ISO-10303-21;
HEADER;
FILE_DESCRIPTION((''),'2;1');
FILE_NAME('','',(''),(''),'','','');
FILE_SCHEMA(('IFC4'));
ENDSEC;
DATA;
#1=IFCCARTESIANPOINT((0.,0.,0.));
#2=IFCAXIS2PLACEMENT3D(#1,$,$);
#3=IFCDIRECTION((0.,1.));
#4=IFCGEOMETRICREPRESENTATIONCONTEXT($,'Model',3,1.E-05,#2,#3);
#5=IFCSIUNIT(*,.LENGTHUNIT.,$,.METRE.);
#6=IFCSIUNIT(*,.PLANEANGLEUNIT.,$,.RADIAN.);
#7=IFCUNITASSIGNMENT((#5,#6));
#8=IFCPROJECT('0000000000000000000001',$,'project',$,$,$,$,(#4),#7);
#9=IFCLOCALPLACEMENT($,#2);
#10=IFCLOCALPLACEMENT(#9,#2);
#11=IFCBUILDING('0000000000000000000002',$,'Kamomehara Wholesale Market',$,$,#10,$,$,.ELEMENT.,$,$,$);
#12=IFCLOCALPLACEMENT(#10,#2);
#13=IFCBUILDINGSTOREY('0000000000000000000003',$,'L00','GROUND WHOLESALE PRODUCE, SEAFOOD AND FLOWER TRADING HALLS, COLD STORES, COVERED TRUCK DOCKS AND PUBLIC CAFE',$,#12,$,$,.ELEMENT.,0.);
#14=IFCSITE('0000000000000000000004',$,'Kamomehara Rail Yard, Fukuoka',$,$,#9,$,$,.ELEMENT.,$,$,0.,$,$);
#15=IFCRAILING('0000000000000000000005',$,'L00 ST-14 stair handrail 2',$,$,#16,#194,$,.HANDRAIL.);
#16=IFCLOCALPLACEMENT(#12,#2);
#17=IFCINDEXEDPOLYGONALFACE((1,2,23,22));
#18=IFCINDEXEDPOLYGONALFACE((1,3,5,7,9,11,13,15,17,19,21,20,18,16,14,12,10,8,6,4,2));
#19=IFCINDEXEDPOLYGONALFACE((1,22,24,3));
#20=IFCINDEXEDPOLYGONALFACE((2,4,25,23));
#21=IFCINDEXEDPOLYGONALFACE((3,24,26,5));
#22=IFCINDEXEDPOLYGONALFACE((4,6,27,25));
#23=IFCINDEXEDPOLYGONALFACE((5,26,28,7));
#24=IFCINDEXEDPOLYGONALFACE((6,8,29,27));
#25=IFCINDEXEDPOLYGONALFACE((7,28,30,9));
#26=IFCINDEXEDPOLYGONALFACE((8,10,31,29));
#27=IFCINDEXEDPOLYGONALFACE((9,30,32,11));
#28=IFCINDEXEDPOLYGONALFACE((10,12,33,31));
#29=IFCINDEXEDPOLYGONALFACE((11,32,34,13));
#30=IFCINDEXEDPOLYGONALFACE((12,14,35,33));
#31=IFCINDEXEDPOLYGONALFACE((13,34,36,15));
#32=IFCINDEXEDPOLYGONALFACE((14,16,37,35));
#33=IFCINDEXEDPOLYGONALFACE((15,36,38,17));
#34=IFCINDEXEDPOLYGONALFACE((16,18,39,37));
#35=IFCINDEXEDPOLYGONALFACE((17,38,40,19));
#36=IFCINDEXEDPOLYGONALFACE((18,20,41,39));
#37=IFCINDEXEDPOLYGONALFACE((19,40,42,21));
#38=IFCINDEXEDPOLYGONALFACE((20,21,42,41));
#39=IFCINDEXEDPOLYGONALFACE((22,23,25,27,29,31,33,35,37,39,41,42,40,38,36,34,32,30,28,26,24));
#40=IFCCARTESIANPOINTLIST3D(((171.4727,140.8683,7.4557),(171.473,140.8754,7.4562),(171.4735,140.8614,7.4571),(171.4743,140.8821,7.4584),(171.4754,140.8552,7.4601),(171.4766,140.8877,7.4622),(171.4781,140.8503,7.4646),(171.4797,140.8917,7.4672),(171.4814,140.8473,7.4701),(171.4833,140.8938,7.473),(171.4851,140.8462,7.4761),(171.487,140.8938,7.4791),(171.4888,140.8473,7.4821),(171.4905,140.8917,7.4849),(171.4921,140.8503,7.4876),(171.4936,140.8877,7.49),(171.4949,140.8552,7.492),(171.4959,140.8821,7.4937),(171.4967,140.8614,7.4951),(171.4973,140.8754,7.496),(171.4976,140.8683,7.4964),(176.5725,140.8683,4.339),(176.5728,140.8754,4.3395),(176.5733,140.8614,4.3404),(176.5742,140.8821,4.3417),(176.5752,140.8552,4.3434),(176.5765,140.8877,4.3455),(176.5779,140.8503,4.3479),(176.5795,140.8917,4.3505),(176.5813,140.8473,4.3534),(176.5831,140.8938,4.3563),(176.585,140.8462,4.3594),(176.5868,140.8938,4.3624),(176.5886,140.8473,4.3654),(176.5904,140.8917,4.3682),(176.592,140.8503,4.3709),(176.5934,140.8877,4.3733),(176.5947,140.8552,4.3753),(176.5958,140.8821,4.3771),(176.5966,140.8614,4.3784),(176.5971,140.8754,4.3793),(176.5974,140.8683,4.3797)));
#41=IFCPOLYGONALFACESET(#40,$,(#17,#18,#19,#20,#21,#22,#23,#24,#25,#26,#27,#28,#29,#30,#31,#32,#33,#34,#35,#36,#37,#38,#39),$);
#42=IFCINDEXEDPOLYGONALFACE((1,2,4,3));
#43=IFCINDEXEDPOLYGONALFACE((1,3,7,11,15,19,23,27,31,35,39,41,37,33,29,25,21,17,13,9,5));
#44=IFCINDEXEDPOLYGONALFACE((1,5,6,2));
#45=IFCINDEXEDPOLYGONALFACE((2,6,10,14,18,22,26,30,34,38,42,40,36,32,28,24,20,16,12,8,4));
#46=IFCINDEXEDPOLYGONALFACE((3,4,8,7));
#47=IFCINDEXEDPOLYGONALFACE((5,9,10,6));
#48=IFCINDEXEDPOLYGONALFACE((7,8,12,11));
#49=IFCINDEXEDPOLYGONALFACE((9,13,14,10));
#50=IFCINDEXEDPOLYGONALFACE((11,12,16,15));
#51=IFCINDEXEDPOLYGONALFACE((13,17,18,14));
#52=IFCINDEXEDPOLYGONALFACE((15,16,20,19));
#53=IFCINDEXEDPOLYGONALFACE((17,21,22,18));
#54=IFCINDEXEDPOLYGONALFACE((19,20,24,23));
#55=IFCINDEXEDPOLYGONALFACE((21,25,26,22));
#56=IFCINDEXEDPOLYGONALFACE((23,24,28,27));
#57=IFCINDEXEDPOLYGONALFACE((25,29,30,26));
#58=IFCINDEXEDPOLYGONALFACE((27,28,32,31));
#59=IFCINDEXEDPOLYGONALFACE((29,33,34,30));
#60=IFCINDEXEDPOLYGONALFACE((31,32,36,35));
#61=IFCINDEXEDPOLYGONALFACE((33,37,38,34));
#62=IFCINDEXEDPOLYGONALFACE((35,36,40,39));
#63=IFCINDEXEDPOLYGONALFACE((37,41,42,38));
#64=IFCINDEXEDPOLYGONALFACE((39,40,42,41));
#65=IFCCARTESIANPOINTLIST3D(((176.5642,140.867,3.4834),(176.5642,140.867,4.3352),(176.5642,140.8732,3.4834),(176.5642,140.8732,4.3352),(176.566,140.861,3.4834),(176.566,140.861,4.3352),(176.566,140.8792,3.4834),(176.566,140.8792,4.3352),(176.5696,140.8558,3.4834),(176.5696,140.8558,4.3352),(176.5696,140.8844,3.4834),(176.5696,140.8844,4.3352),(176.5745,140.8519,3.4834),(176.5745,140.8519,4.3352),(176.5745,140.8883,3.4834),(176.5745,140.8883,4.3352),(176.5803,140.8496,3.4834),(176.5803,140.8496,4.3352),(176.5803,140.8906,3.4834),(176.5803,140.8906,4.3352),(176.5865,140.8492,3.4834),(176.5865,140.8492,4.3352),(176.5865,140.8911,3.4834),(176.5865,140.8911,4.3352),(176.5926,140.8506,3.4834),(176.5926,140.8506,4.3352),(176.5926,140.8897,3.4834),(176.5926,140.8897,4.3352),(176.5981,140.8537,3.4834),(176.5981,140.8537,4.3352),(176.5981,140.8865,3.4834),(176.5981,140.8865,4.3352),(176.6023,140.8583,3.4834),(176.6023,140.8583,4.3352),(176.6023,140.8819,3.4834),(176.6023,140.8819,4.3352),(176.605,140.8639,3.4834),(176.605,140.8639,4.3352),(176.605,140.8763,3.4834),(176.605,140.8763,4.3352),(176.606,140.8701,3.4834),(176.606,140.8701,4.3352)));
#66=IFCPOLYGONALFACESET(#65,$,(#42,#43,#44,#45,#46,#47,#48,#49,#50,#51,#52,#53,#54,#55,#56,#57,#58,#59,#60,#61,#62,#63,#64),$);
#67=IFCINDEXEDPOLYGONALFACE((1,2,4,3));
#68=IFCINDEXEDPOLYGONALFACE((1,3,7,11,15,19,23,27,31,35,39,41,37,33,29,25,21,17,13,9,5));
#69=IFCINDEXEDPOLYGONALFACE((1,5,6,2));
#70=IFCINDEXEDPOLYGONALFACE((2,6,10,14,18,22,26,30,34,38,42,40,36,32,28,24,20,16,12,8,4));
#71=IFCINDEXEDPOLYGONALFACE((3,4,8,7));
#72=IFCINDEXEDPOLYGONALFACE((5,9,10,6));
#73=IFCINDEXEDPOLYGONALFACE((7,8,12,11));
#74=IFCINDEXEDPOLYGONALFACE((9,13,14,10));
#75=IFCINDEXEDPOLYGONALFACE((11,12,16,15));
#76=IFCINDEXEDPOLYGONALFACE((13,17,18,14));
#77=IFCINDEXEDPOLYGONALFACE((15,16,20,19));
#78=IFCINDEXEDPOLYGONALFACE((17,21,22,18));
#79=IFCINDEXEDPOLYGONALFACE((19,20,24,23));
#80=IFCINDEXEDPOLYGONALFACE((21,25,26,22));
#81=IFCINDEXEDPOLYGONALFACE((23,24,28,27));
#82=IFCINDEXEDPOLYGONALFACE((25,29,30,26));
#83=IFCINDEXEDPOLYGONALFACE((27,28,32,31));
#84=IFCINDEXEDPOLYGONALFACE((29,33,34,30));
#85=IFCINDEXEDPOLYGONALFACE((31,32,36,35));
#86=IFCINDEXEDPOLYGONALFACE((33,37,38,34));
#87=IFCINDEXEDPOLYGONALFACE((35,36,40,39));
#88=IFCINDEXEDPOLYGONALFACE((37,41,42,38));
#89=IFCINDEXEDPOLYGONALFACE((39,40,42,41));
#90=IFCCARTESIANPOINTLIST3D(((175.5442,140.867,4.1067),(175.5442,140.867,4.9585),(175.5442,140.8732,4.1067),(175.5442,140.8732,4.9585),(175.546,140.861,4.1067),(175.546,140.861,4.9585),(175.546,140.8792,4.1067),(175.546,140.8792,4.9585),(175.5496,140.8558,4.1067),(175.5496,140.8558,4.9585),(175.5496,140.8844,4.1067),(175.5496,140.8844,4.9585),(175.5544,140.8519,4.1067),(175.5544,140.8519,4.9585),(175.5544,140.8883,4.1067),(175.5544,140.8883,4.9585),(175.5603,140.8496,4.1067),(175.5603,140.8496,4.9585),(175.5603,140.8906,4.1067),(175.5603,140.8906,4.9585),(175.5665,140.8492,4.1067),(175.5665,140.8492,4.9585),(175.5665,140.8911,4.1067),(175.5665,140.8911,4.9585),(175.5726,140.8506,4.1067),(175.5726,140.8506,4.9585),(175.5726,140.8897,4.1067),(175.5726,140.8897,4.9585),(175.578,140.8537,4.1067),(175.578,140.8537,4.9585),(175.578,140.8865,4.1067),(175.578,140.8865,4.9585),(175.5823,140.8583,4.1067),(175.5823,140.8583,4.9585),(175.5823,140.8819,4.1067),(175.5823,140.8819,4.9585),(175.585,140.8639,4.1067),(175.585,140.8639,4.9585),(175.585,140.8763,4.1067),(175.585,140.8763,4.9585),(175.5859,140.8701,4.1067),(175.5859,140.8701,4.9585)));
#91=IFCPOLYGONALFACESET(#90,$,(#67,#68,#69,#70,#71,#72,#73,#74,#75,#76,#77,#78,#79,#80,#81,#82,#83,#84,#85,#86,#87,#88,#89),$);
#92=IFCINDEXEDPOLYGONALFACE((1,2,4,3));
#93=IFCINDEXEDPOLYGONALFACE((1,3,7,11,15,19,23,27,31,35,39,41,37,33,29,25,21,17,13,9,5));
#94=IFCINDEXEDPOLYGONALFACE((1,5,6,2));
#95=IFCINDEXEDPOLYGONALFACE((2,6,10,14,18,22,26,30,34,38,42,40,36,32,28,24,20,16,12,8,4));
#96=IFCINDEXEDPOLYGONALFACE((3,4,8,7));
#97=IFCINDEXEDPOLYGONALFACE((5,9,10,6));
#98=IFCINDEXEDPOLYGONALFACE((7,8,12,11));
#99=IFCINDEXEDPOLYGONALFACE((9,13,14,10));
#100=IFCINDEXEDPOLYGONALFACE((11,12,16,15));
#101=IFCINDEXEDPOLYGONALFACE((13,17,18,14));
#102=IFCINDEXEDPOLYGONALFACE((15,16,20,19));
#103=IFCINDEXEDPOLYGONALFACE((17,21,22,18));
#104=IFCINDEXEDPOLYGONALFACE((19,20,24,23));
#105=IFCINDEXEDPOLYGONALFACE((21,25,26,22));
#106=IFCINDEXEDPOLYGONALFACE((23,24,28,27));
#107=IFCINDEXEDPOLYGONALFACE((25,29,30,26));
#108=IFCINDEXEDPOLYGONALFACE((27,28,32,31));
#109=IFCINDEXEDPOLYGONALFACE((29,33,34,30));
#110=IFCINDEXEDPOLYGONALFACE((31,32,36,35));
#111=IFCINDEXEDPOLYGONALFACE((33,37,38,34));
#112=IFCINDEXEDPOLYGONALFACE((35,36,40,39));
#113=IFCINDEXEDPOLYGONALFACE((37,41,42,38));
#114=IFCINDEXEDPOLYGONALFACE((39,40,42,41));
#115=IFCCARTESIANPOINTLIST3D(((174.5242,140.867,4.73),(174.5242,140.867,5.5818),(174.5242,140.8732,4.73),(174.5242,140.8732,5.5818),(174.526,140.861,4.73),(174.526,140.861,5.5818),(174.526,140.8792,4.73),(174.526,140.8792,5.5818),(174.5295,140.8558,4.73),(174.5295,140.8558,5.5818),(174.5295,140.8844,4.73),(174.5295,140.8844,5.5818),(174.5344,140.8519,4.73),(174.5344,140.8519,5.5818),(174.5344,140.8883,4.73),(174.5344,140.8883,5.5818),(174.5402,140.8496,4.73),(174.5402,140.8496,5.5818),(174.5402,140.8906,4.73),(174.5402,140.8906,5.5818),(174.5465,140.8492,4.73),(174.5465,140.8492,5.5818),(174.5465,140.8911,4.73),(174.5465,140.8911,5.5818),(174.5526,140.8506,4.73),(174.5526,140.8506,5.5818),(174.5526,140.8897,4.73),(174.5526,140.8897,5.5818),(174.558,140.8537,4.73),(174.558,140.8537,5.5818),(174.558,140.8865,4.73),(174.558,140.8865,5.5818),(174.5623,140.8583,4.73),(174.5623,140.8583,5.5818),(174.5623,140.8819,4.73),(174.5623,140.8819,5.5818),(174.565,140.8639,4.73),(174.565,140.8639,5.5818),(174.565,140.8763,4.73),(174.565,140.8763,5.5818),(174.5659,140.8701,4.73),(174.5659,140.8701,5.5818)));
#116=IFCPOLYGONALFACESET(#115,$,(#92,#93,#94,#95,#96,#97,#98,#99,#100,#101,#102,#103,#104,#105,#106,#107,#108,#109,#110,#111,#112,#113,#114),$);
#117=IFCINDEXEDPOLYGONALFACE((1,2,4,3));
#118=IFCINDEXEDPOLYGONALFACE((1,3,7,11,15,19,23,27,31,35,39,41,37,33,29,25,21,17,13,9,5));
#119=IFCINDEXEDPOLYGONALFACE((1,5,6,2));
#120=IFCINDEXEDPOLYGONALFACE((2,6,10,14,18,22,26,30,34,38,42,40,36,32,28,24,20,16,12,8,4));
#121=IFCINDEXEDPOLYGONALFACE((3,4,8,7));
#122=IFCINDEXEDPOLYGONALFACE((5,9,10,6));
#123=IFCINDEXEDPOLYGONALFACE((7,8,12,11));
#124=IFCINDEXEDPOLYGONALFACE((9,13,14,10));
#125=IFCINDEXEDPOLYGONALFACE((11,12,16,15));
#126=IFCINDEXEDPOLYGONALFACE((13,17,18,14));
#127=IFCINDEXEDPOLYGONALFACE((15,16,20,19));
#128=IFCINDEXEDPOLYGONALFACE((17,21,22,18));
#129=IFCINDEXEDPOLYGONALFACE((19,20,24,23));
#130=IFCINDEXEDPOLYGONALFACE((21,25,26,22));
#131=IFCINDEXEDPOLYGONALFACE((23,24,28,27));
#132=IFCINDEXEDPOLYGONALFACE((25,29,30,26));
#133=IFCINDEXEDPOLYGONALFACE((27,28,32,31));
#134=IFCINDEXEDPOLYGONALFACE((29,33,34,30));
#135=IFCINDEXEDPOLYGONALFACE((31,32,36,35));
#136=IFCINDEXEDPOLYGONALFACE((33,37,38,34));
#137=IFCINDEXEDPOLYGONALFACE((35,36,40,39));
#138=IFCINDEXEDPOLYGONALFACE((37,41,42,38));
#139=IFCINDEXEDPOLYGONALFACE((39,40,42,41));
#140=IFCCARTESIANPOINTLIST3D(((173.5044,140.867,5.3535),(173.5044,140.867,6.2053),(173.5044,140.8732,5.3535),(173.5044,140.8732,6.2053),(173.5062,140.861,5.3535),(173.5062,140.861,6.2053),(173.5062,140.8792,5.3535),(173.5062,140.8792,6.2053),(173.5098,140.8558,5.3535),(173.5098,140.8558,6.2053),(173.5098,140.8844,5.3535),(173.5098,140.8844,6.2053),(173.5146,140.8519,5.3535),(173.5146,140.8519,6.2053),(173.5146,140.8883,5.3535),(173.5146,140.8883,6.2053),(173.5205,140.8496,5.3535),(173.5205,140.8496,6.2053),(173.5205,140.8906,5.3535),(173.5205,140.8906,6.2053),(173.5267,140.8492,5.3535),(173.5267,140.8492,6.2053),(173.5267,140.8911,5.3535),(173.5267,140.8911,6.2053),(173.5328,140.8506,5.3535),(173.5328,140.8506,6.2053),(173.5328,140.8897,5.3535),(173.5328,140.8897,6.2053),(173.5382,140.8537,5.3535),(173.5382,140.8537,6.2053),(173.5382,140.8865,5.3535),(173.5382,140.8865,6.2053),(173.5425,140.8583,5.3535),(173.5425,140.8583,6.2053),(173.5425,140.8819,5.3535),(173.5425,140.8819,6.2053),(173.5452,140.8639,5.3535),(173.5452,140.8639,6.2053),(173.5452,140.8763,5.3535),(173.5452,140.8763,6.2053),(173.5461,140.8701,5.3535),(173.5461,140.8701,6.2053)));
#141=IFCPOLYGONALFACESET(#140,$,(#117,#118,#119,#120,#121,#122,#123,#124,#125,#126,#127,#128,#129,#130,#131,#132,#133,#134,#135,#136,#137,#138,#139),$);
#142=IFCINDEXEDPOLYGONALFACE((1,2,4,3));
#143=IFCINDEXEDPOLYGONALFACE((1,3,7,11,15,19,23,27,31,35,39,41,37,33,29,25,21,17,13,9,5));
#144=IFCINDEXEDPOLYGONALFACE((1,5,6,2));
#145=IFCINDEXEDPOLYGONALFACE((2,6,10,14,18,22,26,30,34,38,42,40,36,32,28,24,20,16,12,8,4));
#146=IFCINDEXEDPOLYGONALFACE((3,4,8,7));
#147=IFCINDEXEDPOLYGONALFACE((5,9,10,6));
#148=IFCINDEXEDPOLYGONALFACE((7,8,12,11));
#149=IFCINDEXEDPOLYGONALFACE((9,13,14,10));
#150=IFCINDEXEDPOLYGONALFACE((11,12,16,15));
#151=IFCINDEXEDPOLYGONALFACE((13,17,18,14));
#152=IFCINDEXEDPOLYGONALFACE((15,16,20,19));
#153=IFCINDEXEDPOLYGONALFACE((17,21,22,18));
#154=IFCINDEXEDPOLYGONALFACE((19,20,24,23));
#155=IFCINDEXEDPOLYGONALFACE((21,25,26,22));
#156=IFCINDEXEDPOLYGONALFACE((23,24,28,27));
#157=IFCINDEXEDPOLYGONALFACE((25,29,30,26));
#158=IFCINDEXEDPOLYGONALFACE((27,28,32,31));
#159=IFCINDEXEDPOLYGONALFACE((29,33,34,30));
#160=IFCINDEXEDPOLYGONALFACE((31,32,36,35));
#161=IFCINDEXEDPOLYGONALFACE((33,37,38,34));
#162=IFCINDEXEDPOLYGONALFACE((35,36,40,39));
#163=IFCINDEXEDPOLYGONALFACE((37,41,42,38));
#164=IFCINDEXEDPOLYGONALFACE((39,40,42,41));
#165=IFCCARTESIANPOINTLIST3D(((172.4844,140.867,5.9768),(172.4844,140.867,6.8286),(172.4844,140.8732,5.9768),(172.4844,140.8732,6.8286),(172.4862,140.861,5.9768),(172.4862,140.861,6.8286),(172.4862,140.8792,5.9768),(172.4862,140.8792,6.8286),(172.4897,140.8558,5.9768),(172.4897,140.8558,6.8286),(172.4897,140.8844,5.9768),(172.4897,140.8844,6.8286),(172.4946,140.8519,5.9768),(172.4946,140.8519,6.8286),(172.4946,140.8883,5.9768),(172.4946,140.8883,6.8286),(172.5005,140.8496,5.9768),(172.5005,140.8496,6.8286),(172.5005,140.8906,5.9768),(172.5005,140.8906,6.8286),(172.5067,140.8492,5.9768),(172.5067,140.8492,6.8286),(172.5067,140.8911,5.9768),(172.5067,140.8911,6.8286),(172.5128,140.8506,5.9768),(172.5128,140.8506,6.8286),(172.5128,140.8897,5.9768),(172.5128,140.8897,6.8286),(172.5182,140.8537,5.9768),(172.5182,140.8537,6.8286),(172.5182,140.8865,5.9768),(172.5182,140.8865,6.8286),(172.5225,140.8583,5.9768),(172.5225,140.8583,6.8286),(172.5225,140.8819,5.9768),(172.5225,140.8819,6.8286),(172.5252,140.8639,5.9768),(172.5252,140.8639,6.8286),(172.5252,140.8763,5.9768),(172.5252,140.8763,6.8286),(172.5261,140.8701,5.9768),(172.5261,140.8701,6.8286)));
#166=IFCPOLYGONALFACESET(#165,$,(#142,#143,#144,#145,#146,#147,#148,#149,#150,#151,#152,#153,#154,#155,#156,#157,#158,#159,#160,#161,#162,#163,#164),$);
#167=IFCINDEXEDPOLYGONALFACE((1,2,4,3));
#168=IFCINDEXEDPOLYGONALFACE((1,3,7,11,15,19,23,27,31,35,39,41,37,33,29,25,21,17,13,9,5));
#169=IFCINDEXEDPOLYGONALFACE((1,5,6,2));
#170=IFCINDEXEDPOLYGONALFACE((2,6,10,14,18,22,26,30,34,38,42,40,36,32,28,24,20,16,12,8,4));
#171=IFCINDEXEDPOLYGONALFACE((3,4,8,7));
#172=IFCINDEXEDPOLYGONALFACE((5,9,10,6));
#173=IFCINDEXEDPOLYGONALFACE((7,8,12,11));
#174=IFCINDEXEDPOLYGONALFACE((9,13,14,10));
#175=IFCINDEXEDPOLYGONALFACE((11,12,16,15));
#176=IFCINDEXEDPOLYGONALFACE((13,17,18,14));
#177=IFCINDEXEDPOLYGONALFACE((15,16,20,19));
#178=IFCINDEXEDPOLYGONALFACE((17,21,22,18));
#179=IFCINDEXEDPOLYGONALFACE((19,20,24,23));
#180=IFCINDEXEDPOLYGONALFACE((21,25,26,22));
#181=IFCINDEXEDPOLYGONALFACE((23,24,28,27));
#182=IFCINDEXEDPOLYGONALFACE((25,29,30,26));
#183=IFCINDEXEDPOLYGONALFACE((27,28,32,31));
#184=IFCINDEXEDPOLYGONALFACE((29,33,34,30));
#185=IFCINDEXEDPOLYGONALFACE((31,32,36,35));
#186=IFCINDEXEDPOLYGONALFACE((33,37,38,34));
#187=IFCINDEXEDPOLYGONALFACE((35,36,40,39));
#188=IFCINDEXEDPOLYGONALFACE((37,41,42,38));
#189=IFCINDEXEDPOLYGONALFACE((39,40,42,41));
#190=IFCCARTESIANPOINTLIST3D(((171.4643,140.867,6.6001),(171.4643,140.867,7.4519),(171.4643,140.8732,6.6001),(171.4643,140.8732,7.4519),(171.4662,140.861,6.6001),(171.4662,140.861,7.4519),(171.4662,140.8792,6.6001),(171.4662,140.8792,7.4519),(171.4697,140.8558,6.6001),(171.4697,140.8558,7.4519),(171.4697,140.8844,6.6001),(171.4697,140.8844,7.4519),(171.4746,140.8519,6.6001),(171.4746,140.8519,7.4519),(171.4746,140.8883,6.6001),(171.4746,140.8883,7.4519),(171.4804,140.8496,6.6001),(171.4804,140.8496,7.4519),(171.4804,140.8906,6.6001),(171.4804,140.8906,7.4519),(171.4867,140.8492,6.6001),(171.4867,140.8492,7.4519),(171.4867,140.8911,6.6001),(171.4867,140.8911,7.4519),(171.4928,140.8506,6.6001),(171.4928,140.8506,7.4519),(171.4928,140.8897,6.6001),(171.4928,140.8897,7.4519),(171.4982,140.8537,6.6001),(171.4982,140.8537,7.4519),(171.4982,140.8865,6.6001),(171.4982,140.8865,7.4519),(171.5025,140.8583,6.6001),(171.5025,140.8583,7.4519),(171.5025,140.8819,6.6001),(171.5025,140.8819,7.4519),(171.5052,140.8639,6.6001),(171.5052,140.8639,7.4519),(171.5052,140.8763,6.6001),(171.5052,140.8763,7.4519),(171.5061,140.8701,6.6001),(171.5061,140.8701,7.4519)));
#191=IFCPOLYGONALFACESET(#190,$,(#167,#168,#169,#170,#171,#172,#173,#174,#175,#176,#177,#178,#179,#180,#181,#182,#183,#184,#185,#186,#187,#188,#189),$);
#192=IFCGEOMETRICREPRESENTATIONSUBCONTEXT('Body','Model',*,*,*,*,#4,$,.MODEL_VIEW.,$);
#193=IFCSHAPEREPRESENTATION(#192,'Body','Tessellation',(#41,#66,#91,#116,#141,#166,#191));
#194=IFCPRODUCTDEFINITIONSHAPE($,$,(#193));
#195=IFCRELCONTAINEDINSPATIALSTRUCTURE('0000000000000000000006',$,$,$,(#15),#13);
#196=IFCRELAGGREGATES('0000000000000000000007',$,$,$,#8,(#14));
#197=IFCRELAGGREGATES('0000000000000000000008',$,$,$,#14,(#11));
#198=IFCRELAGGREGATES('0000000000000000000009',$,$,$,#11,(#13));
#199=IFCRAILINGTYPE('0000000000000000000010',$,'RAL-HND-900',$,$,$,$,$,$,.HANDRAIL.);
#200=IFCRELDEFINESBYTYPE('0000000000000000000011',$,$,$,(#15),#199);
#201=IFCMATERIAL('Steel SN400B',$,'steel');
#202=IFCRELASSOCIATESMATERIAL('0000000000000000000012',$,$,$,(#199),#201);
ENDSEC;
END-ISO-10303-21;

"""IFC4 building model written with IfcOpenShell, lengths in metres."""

from ifc_helpers import new_model, si_unit, direction, frame, origin, origin_2d, place, context, subcontext, project, spatial, circle, extrude, material, type_object, element, save


model = new_model("IFC4")

# Units and contexts
model_context = context("Model", 3, precision=1e-05, world=origin(), true_north=direction((0.0, 1.0)))
body_context = subcontext(model_context, "Body", "Model", "MODEL_VIEW")
ifc_project = project(units=[si_unit("LENGTHUNIT", "METRE"), si_unit("PLANEANGLEUNIT", "RADIAN")], contexts=[model_context])

# Site, building, storey
site_placement = place(None, origin())
site = spatial("IfcSite", under=ifc_project, at=site_placement, Name="Kamomehara Rail Yard, Fukuoka", CompositionType="ELEMENT", RefElevation=0.0)
building_placement = place(site_placement, origin())
building = spatial("IfcBuilding", under=site, at=building_placement, Name="Kamomehara Wholesale Market", CompositionType="ELEMENT")
storey_placement = place(building_placement, origin())
storey = spatial("IfcBuildingStorey", under=building, at=storey_placement, Name="L00", Description="GROUND WHOLESALE PRODUCE, SEAFOOD AND FLOWER TRADING HALLS, COLD STORES, COVERED TRUCK DOCKS AND PUBLIC CAFE", CompositionType="ELEMENT", Elevation=0.0)

# Railing
ifc_material_1 = material(Name="Steel SN400B", Category="steel")
railing_type_1 = type_object("IfcRailingType", Name="RAL-HND-900", PredefinedType="HANDRAIL", material=ifc_material_1)
railing_1_placement = place(storey_placement, frame((176.585, 140.8701, 3.4834)))
element("IfcRailing", 1, at=railing_1_placement, inside=storey, type_object=railing_type_1, Name="L00 ST-14 stair handrail 2", PredefinedType="HANDRAIL", context=body_context, shape_type="SweptSolid", body=[
    extrude(circle(Radius=0.0239, at=origin_2d()), frame((0.0, 0.0, 0.876), z_axis=(-0.853273, 0.0, 0.521465), x_axis=(0.0, -1.0, 0.0)), (0.0, 0.0, 1.0), 5.9768),
    extrude(circle(Radius=0.021, at=origin_2d()), origin(), (0.0, 0.0, 1.0), 0.8518),
    extrude(circle(Radius=0.021, at=origin_2d()), frame((-1.02, 0.0, 0.6233)), (0.0, 0.0, 1.0), 0.8518),
    extrude(circle(Radius=0.021, at=origin_2d()), frame((-2.04, 0.0, 1.2466)), (0.0, 0.0, 1.0), 0.8518),
    extrude(circle(Radius=0.021, at=origin_2d()), frame((-3.0598, 0.0, 1.8701)), (0.0, 0.0, 1.0), 0.8518),
    extrude(circle(Radius=0.021, at=origin_2d()), frame((-4.0798, 0.0, 2.4934)), (0.0, 0.0, 1.0), 0.8518),
    extrude(circle(Radius=0.021, at=origin_2d()), frame((-5.0999, 0.0, 3.1167)), (0.0, 0.0, 1.0), 0.8518),
])

save(model, "model.ifc")
